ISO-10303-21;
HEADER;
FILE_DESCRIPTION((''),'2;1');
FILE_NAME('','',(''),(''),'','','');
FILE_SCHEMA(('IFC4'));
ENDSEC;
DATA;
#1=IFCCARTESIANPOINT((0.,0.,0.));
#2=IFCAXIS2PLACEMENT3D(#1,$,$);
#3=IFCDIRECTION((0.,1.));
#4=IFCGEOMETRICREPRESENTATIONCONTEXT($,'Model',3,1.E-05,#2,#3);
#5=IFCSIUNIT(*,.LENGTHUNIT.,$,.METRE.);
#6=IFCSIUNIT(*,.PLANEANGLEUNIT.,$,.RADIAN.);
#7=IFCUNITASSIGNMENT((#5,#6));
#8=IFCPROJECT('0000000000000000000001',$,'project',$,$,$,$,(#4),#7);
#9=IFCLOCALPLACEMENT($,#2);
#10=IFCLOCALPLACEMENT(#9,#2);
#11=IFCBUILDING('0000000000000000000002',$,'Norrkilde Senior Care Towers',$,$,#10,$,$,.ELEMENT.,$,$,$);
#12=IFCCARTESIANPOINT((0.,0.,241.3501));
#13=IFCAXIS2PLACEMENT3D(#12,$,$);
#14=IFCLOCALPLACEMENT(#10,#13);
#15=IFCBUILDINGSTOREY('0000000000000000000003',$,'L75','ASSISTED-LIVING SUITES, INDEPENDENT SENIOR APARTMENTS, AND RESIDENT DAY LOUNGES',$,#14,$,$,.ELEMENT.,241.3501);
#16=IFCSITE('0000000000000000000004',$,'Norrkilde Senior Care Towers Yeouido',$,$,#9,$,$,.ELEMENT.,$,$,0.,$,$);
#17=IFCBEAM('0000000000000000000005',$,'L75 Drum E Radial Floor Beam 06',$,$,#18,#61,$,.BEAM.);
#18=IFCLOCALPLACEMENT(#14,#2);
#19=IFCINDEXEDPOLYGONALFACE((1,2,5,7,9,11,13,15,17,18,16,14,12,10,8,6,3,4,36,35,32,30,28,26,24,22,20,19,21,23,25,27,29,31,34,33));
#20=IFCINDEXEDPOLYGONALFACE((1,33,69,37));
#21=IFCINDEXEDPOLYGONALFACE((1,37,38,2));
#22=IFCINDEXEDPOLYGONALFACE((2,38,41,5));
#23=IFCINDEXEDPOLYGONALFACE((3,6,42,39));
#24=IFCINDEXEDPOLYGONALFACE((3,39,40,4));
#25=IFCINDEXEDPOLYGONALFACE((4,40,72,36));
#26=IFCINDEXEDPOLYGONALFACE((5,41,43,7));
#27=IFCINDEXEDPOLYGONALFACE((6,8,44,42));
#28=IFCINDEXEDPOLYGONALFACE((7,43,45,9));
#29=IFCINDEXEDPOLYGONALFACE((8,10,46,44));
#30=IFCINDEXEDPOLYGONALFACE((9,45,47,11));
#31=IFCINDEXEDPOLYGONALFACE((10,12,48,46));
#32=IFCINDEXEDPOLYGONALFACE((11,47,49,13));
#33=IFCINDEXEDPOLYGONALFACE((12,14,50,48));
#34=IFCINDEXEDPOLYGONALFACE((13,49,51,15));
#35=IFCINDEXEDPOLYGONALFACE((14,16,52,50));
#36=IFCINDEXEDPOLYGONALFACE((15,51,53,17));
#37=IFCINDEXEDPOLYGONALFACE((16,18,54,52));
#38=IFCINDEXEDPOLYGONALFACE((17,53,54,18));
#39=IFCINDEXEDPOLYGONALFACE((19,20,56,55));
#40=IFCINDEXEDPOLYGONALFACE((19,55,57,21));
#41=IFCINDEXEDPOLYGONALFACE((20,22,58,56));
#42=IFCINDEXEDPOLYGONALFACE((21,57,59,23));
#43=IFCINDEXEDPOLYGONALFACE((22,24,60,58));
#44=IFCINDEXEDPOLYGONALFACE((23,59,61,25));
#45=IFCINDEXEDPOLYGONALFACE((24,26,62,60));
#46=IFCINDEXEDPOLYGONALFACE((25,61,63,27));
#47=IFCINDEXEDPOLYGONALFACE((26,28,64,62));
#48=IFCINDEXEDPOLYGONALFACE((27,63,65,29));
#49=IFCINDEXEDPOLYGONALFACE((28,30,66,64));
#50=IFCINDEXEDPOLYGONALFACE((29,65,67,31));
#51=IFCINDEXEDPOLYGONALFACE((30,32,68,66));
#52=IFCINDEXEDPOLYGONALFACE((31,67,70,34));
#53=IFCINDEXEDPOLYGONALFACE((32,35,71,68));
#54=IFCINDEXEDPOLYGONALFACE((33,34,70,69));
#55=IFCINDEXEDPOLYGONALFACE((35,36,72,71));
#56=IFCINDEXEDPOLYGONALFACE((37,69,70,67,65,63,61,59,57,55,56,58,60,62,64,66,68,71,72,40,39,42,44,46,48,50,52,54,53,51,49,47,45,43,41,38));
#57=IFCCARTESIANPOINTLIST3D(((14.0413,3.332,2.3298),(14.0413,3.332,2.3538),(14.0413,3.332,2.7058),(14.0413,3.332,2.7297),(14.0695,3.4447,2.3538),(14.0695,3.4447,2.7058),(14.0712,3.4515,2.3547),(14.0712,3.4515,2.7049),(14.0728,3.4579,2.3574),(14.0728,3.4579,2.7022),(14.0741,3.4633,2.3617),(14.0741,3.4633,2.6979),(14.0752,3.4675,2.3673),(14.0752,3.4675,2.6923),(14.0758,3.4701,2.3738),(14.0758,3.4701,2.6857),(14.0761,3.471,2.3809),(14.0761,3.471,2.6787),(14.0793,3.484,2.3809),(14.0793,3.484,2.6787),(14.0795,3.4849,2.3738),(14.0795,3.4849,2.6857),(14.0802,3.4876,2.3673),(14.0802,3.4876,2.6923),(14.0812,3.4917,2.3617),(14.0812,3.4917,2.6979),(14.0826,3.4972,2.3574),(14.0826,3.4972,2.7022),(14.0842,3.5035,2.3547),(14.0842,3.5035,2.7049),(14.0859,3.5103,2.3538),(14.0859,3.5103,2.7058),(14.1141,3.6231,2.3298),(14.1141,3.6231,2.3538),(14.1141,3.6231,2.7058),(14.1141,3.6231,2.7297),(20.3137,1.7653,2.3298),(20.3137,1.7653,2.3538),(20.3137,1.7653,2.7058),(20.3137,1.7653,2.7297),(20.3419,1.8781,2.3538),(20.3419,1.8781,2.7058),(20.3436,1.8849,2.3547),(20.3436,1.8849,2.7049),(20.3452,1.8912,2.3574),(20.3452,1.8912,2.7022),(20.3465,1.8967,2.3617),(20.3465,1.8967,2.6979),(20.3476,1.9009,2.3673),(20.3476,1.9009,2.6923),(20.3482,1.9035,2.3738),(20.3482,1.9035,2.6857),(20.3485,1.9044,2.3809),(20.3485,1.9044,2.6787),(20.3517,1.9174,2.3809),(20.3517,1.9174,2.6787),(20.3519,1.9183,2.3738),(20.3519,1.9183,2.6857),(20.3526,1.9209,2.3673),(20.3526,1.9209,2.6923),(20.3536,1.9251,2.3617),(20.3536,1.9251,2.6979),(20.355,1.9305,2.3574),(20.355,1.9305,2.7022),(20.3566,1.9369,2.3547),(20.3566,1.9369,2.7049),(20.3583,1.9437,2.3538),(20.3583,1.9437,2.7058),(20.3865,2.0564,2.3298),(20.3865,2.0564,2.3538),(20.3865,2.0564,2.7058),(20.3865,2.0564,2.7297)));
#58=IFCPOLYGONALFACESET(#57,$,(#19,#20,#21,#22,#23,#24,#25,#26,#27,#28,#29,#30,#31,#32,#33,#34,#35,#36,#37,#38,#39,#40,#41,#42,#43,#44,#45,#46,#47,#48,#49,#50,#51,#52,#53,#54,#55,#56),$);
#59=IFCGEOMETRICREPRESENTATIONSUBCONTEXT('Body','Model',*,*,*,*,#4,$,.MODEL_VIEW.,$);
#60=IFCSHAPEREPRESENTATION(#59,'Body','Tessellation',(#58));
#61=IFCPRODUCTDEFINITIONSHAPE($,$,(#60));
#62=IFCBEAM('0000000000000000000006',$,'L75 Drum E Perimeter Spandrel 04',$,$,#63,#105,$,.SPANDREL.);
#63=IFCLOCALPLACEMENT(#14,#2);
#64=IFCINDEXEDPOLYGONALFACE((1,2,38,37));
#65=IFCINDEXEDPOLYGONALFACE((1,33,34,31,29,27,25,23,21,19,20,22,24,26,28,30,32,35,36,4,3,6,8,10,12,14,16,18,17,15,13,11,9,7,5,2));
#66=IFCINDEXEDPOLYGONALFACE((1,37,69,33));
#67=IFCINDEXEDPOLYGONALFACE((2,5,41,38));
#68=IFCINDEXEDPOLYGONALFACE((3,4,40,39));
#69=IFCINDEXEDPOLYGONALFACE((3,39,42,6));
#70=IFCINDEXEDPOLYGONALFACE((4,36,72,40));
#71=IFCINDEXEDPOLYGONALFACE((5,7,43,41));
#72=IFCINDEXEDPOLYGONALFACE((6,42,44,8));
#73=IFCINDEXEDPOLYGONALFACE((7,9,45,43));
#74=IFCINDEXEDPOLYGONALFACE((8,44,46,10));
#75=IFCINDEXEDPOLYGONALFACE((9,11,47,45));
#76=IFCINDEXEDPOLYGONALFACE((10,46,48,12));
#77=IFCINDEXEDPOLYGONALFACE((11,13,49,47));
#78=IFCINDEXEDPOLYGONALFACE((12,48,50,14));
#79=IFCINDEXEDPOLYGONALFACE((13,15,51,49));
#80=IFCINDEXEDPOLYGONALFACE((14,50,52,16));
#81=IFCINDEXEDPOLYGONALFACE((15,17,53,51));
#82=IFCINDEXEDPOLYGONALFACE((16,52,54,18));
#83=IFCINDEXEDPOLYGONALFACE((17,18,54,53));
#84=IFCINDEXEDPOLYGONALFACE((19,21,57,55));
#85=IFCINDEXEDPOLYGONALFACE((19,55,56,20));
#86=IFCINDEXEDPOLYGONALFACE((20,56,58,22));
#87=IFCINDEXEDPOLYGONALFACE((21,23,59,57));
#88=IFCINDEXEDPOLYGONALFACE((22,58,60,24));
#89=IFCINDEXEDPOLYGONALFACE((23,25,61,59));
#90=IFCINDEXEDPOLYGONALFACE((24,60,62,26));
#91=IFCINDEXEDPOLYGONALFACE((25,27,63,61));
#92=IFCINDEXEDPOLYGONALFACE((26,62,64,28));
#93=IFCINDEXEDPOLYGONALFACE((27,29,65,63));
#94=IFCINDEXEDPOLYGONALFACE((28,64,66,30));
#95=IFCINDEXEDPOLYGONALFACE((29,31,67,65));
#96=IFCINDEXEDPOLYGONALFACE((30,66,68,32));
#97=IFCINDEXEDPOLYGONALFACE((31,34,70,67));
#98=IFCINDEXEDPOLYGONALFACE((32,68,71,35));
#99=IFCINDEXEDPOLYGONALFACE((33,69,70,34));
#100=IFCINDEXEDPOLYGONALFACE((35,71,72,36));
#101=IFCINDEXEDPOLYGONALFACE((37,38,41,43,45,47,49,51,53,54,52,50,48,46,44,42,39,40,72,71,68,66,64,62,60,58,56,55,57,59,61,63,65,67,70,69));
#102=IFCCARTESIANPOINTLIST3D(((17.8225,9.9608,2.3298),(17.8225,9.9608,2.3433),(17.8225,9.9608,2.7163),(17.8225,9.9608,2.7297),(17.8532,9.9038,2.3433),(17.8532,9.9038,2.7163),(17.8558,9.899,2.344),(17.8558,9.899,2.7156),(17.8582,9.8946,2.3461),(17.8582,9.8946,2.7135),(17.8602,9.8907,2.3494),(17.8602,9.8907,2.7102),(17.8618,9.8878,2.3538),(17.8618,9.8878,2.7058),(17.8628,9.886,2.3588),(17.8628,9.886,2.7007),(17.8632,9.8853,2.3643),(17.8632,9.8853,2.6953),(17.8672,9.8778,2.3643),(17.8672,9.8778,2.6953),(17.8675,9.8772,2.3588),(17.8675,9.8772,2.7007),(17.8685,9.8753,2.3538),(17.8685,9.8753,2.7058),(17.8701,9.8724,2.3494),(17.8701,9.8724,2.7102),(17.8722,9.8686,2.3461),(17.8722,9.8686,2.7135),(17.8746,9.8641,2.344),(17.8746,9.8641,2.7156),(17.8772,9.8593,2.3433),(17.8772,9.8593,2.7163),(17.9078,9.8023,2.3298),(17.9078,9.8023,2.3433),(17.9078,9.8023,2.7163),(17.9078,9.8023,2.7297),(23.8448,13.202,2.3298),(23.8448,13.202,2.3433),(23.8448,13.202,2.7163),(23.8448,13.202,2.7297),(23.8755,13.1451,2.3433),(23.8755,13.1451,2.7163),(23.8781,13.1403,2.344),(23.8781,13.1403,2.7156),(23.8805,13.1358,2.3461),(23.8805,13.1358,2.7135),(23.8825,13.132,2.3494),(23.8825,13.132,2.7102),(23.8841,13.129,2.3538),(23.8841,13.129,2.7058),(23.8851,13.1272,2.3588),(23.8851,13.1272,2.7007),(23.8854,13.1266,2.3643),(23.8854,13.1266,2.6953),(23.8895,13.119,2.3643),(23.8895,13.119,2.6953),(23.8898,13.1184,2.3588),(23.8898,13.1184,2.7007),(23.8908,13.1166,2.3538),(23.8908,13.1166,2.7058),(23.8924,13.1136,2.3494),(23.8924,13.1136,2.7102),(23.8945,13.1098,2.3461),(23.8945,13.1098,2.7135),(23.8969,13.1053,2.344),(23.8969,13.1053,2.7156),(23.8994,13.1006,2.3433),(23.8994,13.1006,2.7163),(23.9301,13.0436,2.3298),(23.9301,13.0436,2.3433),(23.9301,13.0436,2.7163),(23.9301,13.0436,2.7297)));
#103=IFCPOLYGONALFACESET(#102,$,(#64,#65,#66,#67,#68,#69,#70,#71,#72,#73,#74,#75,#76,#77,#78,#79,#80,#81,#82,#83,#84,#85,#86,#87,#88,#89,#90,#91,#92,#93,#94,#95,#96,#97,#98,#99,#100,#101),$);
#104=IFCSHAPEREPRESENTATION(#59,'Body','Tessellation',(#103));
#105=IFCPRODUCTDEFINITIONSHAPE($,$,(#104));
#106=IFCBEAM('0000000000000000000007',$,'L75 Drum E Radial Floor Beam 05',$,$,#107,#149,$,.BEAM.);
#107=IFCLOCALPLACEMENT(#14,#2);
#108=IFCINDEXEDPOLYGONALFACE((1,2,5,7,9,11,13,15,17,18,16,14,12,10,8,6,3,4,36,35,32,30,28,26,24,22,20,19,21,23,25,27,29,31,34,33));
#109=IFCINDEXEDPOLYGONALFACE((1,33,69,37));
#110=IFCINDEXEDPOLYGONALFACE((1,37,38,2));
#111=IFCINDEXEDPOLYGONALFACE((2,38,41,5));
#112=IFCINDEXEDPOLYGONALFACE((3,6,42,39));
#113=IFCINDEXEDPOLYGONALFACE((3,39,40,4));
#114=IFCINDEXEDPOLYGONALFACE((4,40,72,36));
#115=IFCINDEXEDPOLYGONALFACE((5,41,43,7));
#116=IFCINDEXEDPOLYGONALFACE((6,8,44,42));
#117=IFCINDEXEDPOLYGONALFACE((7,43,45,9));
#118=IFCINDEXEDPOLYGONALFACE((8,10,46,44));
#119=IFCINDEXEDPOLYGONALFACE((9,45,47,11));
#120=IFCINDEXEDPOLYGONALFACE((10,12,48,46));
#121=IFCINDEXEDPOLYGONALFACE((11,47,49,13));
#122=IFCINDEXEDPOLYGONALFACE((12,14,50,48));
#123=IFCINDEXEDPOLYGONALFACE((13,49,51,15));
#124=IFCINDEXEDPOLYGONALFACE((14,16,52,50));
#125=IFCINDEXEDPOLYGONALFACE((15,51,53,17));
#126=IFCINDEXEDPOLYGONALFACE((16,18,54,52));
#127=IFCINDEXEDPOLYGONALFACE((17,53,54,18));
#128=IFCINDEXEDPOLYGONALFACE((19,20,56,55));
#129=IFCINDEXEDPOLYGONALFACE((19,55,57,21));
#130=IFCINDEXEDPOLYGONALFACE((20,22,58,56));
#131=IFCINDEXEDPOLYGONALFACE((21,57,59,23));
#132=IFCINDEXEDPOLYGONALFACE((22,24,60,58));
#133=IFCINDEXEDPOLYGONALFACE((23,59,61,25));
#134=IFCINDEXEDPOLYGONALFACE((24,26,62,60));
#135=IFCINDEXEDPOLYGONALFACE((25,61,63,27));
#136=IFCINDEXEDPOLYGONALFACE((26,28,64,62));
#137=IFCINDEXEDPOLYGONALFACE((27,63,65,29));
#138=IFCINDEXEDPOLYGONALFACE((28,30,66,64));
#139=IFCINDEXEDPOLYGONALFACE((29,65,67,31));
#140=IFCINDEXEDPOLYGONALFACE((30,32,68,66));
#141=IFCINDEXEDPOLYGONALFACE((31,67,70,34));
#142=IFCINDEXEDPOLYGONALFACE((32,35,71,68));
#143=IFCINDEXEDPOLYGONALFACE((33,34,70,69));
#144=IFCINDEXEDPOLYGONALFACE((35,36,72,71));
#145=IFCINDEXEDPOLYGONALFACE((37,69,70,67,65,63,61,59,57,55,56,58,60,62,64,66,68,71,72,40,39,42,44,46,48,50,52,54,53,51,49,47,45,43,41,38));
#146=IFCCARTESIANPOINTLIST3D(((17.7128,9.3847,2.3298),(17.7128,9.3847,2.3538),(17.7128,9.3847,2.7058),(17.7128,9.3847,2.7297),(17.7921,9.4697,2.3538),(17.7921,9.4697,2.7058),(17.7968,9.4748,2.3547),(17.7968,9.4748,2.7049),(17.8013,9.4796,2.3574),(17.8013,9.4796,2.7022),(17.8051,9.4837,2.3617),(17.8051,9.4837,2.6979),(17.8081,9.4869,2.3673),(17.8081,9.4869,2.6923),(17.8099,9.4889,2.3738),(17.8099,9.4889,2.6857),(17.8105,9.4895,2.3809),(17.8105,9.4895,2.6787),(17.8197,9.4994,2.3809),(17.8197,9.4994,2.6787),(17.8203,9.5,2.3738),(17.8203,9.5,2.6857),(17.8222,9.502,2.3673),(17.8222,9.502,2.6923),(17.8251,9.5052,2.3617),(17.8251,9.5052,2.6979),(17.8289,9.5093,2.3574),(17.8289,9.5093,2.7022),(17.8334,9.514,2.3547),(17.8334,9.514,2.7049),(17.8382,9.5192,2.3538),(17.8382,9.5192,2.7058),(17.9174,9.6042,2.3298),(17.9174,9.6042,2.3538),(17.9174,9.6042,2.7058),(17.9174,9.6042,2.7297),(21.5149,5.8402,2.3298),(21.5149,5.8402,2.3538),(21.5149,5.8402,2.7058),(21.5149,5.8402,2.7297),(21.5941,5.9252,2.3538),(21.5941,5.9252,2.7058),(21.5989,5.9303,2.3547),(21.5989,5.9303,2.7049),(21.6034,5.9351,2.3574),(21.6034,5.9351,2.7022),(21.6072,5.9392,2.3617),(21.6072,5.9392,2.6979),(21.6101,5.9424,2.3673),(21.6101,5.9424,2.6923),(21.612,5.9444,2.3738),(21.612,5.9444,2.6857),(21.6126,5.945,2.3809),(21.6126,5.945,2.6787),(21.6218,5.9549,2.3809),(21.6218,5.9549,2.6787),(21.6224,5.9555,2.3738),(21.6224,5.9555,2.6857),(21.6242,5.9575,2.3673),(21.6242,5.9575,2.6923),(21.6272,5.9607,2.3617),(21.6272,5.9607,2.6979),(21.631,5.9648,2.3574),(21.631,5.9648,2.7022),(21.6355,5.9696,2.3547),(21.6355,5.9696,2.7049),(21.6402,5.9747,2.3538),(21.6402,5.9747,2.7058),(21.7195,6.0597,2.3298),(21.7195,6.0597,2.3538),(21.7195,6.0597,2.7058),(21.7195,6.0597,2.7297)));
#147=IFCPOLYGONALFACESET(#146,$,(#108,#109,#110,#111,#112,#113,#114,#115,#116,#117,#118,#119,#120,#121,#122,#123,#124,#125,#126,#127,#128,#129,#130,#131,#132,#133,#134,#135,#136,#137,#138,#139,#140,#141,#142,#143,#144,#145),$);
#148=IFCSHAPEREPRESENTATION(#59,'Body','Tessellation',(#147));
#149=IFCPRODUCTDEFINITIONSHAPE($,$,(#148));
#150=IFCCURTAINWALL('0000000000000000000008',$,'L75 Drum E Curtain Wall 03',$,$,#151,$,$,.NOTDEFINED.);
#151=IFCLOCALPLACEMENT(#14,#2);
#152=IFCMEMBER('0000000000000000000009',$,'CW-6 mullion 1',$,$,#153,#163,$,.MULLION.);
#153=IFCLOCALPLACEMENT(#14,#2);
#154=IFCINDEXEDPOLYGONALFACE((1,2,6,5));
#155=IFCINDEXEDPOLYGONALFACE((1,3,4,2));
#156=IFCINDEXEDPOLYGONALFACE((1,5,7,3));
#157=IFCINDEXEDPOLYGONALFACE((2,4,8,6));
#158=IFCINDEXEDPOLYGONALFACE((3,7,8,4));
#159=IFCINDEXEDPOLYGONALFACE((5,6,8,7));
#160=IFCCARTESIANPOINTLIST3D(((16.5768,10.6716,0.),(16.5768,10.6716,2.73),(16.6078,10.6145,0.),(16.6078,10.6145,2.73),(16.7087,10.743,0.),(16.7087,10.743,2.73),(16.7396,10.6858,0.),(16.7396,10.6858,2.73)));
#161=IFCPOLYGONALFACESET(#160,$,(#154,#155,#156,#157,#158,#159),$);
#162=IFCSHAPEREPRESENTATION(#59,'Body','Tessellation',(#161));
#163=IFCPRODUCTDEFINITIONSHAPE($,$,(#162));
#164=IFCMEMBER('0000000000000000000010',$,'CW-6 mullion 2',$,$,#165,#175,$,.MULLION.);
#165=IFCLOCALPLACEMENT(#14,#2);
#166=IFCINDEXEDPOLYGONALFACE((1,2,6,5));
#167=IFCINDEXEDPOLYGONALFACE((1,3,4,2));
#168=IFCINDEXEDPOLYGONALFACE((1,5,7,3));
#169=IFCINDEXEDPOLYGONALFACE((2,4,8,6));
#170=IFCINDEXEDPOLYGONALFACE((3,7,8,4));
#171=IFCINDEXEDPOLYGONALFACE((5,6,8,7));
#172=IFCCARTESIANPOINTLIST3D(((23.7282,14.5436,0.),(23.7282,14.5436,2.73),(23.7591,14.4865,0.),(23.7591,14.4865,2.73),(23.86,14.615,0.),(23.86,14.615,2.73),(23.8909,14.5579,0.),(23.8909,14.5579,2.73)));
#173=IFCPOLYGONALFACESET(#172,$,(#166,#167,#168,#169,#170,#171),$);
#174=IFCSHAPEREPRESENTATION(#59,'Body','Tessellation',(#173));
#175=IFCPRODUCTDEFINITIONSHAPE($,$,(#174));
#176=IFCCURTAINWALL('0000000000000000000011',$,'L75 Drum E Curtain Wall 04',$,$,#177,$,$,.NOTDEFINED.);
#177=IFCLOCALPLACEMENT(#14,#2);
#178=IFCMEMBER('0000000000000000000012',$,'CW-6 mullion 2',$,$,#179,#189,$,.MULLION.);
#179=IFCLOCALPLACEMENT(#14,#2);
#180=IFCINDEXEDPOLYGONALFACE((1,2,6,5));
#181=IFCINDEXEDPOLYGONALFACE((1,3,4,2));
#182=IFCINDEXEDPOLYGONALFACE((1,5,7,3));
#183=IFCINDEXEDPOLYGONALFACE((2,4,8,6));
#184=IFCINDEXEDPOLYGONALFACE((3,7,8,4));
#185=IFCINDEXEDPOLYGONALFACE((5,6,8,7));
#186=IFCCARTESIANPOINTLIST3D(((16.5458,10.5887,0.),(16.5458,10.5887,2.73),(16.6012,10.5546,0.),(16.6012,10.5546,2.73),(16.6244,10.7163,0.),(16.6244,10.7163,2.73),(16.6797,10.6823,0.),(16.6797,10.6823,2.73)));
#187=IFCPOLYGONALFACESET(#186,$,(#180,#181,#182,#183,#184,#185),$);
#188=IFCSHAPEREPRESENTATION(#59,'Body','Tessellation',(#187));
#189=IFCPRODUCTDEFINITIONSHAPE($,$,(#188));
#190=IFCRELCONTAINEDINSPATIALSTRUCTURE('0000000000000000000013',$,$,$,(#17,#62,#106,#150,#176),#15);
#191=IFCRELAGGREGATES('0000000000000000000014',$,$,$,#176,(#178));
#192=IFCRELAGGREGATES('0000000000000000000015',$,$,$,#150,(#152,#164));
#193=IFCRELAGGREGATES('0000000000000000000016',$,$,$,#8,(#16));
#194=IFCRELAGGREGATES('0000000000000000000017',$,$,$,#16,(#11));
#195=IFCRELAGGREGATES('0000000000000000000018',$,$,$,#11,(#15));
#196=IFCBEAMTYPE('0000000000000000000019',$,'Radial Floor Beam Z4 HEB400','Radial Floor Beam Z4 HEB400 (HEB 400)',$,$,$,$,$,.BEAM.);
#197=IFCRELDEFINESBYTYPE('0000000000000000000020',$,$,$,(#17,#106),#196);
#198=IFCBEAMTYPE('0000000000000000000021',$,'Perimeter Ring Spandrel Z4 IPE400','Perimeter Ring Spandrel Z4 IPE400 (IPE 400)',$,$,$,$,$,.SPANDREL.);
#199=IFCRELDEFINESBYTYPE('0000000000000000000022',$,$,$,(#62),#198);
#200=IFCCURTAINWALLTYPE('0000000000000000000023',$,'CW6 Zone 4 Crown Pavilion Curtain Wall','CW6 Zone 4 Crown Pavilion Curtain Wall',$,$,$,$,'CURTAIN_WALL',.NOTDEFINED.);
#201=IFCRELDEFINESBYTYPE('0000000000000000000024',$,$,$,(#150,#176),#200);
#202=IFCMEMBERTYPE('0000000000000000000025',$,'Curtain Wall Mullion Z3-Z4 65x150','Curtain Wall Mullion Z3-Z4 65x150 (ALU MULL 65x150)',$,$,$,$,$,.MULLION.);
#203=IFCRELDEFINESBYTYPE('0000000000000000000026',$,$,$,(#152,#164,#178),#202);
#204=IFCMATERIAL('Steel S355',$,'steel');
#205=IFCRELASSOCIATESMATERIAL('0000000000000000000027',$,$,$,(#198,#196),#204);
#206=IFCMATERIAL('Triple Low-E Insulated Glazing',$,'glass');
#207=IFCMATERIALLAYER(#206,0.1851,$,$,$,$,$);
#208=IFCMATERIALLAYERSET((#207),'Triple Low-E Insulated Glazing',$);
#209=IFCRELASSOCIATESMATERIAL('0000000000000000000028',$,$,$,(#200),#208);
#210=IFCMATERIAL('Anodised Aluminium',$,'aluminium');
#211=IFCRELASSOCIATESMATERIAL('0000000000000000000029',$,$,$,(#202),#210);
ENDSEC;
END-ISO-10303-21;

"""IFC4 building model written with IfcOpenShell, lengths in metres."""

from ifc_helpers import new_model, si_unit, direction, frame, origin, origin_2d, place, context, subcontext, project, spatial, rectangle, i_section, extrude, source, transform, mapped, material, layer, layer_set, material_profile, profile_set, type_object, type_shapes, element, aggregate, save


model = new_model("IFC4")

# Units and contexts
model_context = context("Model", 3, precision=1e-05, world=origin(), true_north=direction((0.0, 1.0)))
body_context = subcontext(model_context, "Body", "Model", "MODEL_VIEW")
ifc_project = project(units=[si_unit("LENGTHUNIT", "METRE"), si_unit("PLANEANGLEUNIT", "RADIAN")], contexts=[model_context])

# Site, building, storey
site_placement = place(None, origin())
site = spatial("IfcSite", under=ifc_project, at=site_placement, Name="Norrkilde Senior Care Towers Yeouido", CompositionType="ELEMENT", RefElevation=0.0)
building_placement = place(site_placement, origin())
building = spatial("IfcBuilding", under=site, at=building_placement, Name="Norrkilde Senior Care Towers", CompositionType="ELEMENT")
storey_placement = place(building_placement, frame((0.0, 0.0, 241.3501)))
storey = spatial("IfcBuildingStorey", under=building, at=storey_placement, Name="L75", Description="ASSISTED-LIVING SUITES, INDEPENDENT SENIOR APARTMENTS, AND RESIDENT DAY LOUNGES", CompositionType="ELEMENT", Elevation=241.3501)

# Beams
ifc_material_1 = material(Name="Steel S355", Category="steel")
ifc_material_profile_1 = material_profile(ifc_material_1, i_section(OverallWidth=0.1799, OverallDepth=0.3999, WebThickness=0.0085, FlangeThickness=0.0134, FilletRadius=0.021, at=origin_2d()), Name="IPE 400")
ifc_profile_set_1 = profile_set([ifc_material_profile_1], Name="Steel S355")
beam_type_1 = type_object("IfcBeamType", Name="Perimeter Ring Spandrel Z4 IPE400", Description="Perimeter Ring Spandrel Z4 IPE400 (IPE 400)", PredefinedType="SPANDREL", material=ifc_profile_set_1)
ifc_material_profile_2 = material_profile(ifc_material_1, i_section(OverallWidth=0.3, OverallDepth=0.3999, WebThickness=0.0134, FlangeThickness=0.0239, FilletRadius=0.0271, at=origin_2d()), Name="HEB 400")
ifc_profile_set_2 = profile_set([ifc_material_profile_2], Name="Steel S355")
beam_type_2 = type_object("IfcBeamType", Name="Radial Floor Beam Z4 HEB400", Description="Radial Floor Beam Z4 HEB400 (HEB 400)", PredefinedType="BEAM", material=ifc_profile_set_2)
shared_shape_1 = source(origin(), body_context, "Body", "SweptSolid", [
    extrude(i_section(OverallWidth=0.3, OverallDepth=0.3999, WebThickness=0.0134, FlangeThickness=0.0239, FilletRadius=0.0271, at=origin_2d()), origin(), (0.0, 0.0, 1.0), 6.4651),
])
beam_1_placement = place(storey_placement, frame((20.3501, 1.9109, 2.5298), z_axis=(-0.970196, 0.242322, 0.0), x_axis=(-0.242322, -0.970196, 0.0)))
element("IfcBeam", 1, at=beam_1_placement, inside=storey, type_object=beam_type_2, Name="L75 Drum E Radial Floor Beam 06", PredefinedType="BEAM", context=body_context, shape_type="MappedRepresentation", body=[
    mapped(shared_shape_1, transform((0.0, 0.0, 0.0), x_axis=(1.0, 0.0, 0.0), y_axis=(0.0, 1.0, 0.0), z_axis=(0.0, 0.0, 1.0), scale=1.0)),
])
shared_shape_2 = source(origin(), body_context, "Body", "SweptSolid", [
    extrude(i_section(OverallWidth=0.1799, OverallDepth=0.3999, WebThickness=0.0085, FlangeThickness=0.0134, FilletRadius=0.021, at=origin_2d()), origin(), (0.0, 0.0, 1.0), 6.8391),
])
beam_2_placement = place(storey_placement, frame((23.8875, 13.1228, 2.5298), z_axis=(-0.880564, -0.473927, 0.0), x_axis=(0.473927, -0.880564, 0.0)))
element("IfcBeam", 2, at=beam_2_placement, inside=storey, type_object=beam_type_1, Name="L75 Drum E Perimeter Spandrel 04", PredefinedType="SPANDREL", context=body_context, shape_type="MappedRepresentation", body=[
    mapped(shared_shape_2, transform((0.0, 0.0, 0.0), x_axis=(1.0, 0.0, 0.0), y_axis=(0.0, 1.0, 0.0), z_axis=(0.0, 0.0, 1.0), scale=1.0)),
])
shared_shape_3 = source(origin(), body_context, "Body", "SweptSolid", [
    extrude(i_section(OverallWidth=0.3, OverallDepth=0.3999, WebThickness=0.0134, FlangeThickness=0.0239, FilletRadius=0.0271, at=origin_2d()), origin(), (0.0, 0.0, 1.0), 5.198),
])
type_shapes(beam_type_2, [shared_shape_1, shared_shape_3])
beam_3_placement = place(storey_placement, frame((21.6172, 5.95, 2.5298), z_axis=(-0.731449, 0.681896, 0.0), x_axis=(-0.681896, -0.731449, 0.0)))
element("IfcBeam", 3, at=beam_3_placement, inside=storey, type_object=beam_type_2, Name="L75 Drum E Radial Floor Beam 05", PredefinedType="BEAM", context=body_context, shape_type="MappedRepresentation", body=[
    mapped(shared_shape_3, transform((0.0, 0.0, 0.0), x_axis=(1.0, 0.0, 0.0), y_axis=(0.0, 1.0, 0.0), z_axis=(0.0, 0.0, 1.0), scale=1.0)),
])

# Curtain wall, members
ifc_material_2 = material(Name="Triple Low-E Insulated Glazing", Category="glass")
ifc_layer_1 = layer(ifc_material_2, 0.1851)
ifc_layer_set_1 = layer_set([ifc_layer_1], Name="Triple Low-E Insulated Glazing")
curtain_wall_type = type_object("IfcCurtainWallType", Name="CW6 Zone 4 Crown Pavilion Curtain Wall", Description="CW6 Zone 4 Crown Pavilion Curtain Wall", ElementType="CURTAIN_WALL", PredefinedType="NOTDEFINED", material=ifc_layer_set_1)
curtain_wall_1_placement = place(storey_placement, origin())
curtain_wall_1 = element("IfcCurtainWall", 4, at=curtain_wall_1_placement, inside=storey, type_object=curtain_wall_type, Name="L75 Drum E Curtain Wall 03", PredefinedType="NOTDEFINED")
ifc_material_3 = material(Name="Anodised Aluminium", Category="aluminium")
ifc_material_profile_3 = material_profile(ifc_material_3, rectangle(XDim=0.0649, YDim=0.1499, at=origin_2d()), Name="ALU MULL 65x150")
ifc_profile_set_3 = profile_set([ifc_material_profile_3], Name="Anodised Aluminium")
member_type_1 = type_object("IfcMemberType", Name="Curtain Wall Mullion Z3-Z4 65x150", Description="Curtain Wall Mullion Z3-Z4 65x150 (ALU MULL 65x150)", PredefinedType="MULLION", material=ifc_profile_set_3)
shared_shape_4 = source(origin(), body_context, "Body", "SweptSolid", [
    extrude(rectangle(XDim=0.0649, YDim=0.1499, at=origin_2d()), origin(), (0.0, 0.0, 1.0), 2.73),
])
type_shapes(member_type_1, [shared_shape_4])
member_1_placement = place(storey_placement, frame((16.6582, 10.6787, 0.0), z_axis=(0.0, 0.0, 1.0), x_axis=(-0.476133, 0.879373, 0.0)))
member_1 = element("IfcMember", 5, at=member_1_placement, type_object=member_type_1, Name="CW-6 mullion 1", PredefinedType="MULLION", context=body_context, shape_type="MappedRepresentation", body=[
    mapped(shared_shape_4, transform((0.0, 0.0, 0.0), x_axis=(1.0, 0.0, 0.0), y_axis=(0.0, 1.0, 0.0), z_axis=(0.0, 0.0, 1.0), scale=1.0)),
])
member_2_placement = place(storey_placement, frame((23.8096, 14.5508, 0.0), z_axis=(0.0, 0.0, 1.0), x_axis=(-0.476133, 0.879373, 0.0)))
member_2 = element("IfcMember", 6, at=member_2_placement, type_object=member_type_1, Name="CW-6 mullion 2", PredefinedType="MULLION", context=body_context, shape_type="MappedRepresentation", body=[
    mapped(shared_shape_4, transform((0.0, 0.0, 0.0), x_axis=(1.0, 0.0, 0.0), y_axis=(0.0, 1.0, 0.0), z_axis=(0.0, 0.0, 1.0), scale=1.0)),
])

# Curtain wall, member
curtain_wall_2_placement = place(storey_placement, origin())
curtain_wall_2 = element("IfcCurtainWall", 7, at=curtain_wall_2_placement, inside=storey, type_object=curtain_wall_type, Name="L75 Drum E Curtain Wall 04", PredefinedType="NOTDEFINED")
member_3_placement = place(storey_placement, frame((16.6128, 10.6355, 0.0), z_axis=(0.0, 0.0, 1.0), x_axis=(-0.851563, 0.524253, 0.0)))
member_3 = element("IfcMember", 8, at=member_3_placement, type_object=member_type_1, Name="CW-6 mullion 2", PredefinedType="MULLION", context=body_context, shape_type="MappedRepresentation", body=[
    mapped(shared_shape_4, transform((0.0, 0.0, 0.0), x_axis=(1.0, 0.0, 0.0), y_axis=(0.0, 1.0, 0.0), z_axis=(0.0, 0.0, 1.0), scale=1.0)),
])

aggregate(curtain_wall_2, [member_3])
aggregate(curtain_wall_1, [member_1, member_2])

save(model, "model.ifc")
